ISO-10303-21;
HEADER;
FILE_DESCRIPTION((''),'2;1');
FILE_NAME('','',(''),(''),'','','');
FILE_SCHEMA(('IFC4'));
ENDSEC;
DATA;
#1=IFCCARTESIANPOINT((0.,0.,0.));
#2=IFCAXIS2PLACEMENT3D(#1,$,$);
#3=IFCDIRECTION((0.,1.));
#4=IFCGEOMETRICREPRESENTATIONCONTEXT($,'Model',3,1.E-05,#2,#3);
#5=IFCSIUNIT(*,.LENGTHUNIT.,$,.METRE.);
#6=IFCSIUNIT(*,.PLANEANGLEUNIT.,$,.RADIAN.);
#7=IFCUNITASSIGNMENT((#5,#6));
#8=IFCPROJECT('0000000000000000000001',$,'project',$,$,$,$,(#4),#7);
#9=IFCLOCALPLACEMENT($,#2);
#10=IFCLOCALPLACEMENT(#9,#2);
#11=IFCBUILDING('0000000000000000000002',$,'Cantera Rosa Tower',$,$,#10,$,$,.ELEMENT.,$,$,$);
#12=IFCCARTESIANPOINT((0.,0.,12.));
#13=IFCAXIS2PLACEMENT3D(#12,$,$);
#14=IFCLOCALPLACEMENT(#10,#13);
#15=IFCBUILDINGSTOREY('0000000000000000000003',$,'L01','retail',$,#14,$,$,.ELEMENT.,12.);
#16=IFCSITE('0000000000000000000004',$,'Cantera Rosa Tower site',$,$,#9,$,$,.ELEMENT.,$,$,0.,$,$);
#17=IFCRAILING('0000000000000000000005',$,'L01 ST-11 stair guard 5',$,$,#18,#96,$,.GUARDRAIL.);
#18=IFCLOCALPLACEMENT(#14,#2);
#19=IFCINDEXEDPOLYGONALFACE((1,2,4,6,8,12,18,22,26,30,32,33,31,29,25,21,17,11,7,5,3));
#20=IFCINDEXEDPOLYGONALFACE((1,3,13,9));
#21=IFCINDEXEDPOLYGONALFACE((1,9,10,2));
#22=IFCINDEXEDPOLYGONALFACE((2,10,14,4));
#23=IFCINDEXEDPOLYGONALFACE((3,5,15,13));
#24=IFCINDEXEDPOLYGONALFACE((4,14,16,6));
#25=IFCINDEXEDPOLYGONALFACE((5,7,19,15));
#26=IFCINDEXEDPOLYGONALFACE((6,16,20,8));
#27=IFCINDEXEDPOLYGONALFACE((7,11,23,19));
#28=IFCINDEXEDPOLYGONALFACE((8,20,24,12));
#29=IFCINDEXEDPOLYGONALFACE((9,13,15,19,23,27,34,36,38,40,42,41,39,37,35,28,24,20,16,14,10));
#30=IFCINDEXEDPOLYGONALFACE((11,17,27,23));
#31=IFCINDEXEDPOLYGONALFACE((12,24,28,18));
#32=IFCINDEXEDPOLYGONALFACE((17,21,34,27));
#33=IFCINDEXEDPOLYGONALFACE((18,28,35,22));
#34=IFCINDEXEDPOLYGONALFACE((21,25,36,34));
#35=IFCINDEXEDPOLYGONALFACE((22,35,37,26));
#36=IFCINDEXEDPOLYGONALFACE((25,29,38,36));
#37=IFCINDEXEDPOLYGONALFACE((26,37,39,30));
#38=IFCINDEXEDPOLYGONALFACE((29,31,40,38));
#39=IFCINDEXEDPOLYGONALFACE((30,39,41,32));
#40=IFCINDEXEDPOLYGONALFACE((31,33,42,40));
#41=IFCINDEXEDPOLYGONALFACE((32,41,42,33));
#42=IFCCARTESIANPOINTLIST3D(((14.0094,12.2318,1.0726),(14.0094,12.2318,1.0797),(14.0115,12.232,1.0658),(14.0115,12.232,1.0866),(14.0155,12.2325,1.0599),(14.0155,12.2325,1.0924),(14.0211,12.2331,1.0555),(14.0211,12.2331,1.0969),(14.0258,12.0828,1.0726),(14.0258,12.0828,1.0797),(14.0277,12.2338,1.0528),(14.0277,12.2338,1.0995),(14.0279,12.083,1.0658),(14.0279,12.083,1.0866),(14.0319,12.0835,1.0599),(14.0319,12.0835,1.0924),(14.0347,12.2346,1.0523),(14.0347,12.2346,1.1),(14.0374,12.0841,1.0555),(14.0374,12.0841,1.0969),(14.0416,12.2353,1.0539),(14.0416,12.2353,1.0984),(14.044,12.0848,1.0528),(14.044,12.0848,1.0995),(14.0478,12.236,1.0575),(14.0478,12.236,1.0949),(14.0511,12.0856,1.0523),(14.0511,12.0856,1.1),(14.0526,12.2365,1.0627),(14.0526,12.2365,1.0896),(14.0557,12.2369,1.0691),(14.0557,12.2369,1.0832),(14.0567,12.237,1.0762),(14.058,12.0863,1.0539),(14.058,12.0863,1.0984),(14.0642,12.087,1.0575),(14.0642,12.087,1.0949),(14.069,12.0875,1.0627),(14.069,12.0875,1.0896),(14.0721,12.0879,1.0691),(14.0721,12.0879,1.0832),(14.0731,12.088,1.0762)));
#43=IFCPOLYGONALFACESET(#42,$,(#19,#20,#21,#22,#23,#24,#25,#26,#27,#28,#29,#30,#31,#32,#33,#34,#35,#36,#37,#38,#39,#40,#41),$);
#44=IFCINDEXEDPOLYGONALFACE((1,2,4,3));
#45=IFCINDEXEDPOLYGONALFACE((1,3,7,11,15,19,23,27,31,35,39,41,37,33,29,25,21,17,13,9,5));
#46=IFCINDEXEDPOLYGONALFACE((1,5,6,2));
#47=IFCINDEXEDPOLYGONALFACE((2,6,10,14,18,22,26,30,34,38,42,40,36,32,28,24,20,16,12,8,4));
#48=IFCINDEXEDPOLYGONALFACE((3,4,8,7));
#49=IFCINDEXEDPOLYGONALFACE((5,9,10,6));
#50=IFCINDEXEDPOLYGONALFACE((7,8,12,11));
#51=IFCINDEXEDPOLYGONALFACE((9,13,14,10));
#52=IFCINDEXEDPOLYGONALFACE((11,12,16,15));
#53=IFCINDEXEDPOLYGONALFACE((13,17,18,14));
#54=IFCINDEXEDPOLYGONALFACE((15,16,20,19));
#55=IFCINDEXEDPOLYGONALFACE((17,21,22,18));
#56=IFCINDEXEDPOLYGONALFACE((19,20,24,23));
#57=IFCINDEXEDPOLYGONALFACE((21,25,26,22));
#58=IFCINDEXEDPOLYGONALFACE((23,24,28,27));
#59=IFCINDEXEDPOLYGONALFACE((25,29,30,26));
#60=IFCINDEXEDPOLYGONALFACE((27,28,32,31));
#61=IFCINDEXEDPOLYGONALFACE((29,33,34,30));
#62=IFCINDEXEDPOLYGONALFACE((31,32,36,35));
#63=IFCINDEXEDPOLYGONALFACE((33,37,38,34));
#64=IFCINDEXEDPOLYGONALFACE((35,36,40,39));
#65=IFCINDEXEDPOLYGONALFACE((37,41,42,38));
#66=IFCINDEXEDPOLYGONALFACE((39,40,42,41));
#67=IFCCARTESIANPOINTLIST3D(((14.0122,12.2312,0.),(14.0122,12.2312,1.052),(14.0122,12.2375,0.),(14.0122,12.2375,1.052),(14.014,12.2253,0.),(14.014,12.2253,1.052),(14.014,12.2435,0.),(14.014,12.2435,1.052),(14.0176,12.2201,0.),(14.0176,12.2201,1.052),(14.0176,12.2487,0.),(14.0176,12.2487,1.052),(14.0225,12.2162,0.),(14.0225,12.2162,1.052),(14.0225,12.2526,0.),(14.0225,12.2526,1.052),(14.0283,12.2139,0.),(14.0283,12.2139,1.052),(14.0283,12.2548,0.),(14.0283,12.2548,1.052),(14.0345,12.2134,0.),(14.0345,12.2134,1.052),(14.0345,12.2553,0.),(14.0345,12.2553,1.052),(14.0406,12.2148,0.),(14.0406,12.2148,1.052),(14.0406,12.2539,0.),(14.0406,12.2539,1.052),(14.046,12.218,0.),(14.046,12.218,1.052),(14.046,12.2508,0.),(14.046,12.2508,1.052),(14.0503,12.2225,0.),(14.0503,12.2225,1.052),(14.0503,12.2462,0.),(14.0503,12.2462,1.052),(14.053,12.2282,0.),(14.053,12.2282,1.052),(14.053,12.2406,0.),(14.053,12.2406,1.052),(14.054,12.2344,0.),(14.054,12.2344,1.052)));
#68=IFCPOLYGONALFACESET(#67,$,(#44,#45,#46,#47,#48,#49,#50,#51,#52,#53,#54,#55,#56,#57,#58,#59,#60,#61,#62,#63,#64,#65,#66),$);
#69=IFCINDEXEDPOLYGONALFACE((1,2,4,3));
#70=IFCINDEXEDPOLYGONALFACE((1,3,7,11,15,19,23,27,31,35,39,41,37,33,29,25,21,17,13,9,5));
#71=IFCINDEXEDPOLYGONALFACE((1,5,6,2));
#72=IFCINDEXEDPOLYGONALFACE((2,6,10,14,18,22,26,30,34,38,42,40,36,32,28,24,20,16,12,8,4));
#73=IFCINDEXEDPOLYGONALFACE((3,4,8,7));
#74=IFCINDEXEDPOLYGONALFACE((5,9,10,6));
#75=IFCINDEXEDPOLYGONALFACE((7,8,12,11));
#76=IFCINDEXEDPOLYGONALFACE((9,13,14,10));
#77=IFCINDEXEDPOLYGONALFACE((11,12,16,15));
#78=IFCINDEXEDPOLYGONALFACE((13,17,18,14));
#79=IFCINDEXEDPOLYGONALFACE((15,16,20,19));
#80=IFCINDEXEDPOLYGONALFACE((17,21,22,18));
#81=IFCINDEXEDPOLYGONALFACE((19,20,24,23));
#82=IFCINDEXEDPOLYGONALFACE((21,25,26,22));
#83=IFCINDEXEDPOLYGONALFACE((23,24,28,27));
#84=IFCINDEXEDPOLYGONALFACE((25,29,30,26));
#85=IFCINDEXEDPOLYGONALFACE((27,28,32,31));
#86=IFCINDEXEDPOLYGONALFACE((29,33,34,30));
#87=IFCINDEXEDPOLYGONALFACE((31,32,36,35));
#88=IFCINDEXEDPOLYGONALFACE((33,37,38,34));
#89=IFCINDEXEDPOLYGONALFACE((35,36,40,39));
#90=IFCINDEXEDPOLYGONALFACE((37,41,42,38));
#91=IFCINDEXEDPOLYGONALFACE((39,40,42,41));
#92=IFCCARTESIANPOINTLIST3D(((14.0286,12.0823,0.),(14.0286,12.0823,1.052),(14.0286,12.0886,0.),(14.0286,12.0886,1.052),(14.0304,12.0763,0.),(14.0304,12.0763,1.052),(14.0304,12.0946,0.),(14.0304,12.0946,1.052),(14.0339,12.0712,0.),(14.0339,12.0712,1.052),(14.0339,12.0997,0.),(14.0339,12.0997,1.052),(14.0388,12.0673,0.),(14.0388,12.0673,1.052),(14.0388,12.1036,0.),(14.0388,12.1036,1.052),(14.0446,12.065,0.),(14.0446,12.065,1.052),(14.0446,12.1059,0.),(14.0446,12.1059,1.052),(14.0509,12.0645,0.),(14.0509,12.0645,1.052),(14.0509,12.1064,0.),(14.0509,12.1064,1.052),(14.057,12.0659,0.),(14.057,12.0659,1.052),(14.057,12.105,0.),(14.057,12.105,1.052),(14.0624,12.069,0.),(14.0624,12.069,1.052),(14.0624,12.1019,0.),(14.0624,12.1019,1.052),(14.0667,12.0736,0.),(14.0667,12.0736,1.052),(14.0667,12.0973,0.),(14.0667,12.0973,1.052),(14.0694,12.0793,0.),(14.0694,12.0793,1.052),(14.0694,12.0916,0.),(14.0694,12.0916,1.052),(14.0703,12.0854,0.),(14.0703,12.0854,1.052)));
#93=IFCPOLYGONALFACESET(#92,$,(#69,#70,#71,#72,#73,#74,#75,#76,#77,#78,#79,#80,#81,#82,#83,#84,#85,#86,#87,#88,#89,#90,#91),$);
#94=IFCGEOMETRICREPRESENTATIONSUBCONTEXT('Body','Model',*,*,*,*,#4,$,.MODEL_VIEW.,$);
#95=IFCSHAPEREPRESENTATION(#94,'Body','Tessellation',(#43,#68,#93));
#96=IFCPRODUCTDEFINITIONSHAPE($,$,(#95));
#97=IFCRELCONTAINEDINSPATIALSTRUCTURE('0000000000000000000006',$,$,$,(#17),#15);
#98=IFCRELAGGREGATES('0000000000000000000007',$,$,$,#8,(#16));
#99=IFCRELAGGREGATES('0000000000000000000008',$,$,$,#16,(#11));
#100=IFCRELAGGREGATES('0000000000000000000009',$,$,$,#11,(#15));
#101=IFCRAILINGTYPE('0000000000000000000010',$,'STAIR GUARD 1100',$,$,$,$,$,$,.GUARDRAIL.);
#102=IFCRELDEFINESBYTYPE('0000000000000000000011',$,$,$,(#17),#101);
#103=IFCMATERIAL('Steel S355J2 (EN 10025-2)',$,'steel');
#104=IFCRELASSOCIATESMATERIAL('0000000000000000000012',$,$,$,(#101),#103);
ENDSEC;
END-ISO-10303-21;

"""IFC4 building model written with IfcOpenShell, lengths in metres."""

from ifc_helpers import new_model, si_unit, direction, frame, origin, origin_2d, place, context, subcontext, project, spatial, circle, extrude, material, type_object, element, save


model = new_model("IFC4")

# Units and contexts
model_context = context("Model", 3, precision=1e-05, world=origin(), true_north=direction((0.0, 1.0)))
body_context = subcontext(model_context, "Body", "Model", "MODEL_VIEW")
ifc_project = project(units=[si_unit("LENGTHUNIT", "METRE"), si_unit("PLANEANGLEUNIT", "RADIAN")], contexts=[model_context])

# Site, building, storey
site_placement = place(None, origin())
site = spatial("IfcSite", under=ifc_project, at=site_placement, Name="Cantera Rosa Tower site", CompositionType="ELEMENT", RefElevation=0.0)
building_placement = place(site_placement, origin())
building = spatial("IfcBuilding", under=site, at=building_placement, Name="Cantera Rosa Tower", CompositionType="ELEMENT")
storey_placement = place(building_placement, frame((0.0, 0.0, 12.0)))
storey = spatial("IfcBuildingStorey", under=building, at=storey_placement, Name="L01", Description="retail", CompositionType="ELEMENT", Elevation=12.0)

# Railing
ifc_material_1 = material(Name="Steel S355J2 (EN 10025-2)", Category="steel")
railing_type = type_object("IfcRailingType", Name="STAIR GUARD 1100", PredefinedType="GUARDRAIL", material=ifc_material_1)
railing_placement = place(storey_placement, frame((14.033, 12.2344, 0.0)))
element("IfcRailing", 1, at=railing_placement, inside=storey, type_object=railing_type, Name="L01 ST-11 stair guard 5", PredefinedType="GUARDRAIL", context=body_context, shape_type="SweptSolid", body=[
    extrude(circle(Radius=0.0239, at=origin_2d()), frame((0.0, 0.0, 1.0762), z_axis=(0.109179, -0.994022, 0.0), x_axis=(0.994022, 0.109179, 0.0)), (0.0, 0.0, 1.0), 0.1499),
    extrude(circle(Radius=0.021, at=origin_2d()), origin(), (0.0, 0.0, 1.0), 1.052),
    extrude(circle(Radius=0.021, at=origin_2d()), frame((0.0164, -0.1489, 0.0)), (0.0, 0.0, 1.0), 1.052),
])

save(model, "model.ifc")
